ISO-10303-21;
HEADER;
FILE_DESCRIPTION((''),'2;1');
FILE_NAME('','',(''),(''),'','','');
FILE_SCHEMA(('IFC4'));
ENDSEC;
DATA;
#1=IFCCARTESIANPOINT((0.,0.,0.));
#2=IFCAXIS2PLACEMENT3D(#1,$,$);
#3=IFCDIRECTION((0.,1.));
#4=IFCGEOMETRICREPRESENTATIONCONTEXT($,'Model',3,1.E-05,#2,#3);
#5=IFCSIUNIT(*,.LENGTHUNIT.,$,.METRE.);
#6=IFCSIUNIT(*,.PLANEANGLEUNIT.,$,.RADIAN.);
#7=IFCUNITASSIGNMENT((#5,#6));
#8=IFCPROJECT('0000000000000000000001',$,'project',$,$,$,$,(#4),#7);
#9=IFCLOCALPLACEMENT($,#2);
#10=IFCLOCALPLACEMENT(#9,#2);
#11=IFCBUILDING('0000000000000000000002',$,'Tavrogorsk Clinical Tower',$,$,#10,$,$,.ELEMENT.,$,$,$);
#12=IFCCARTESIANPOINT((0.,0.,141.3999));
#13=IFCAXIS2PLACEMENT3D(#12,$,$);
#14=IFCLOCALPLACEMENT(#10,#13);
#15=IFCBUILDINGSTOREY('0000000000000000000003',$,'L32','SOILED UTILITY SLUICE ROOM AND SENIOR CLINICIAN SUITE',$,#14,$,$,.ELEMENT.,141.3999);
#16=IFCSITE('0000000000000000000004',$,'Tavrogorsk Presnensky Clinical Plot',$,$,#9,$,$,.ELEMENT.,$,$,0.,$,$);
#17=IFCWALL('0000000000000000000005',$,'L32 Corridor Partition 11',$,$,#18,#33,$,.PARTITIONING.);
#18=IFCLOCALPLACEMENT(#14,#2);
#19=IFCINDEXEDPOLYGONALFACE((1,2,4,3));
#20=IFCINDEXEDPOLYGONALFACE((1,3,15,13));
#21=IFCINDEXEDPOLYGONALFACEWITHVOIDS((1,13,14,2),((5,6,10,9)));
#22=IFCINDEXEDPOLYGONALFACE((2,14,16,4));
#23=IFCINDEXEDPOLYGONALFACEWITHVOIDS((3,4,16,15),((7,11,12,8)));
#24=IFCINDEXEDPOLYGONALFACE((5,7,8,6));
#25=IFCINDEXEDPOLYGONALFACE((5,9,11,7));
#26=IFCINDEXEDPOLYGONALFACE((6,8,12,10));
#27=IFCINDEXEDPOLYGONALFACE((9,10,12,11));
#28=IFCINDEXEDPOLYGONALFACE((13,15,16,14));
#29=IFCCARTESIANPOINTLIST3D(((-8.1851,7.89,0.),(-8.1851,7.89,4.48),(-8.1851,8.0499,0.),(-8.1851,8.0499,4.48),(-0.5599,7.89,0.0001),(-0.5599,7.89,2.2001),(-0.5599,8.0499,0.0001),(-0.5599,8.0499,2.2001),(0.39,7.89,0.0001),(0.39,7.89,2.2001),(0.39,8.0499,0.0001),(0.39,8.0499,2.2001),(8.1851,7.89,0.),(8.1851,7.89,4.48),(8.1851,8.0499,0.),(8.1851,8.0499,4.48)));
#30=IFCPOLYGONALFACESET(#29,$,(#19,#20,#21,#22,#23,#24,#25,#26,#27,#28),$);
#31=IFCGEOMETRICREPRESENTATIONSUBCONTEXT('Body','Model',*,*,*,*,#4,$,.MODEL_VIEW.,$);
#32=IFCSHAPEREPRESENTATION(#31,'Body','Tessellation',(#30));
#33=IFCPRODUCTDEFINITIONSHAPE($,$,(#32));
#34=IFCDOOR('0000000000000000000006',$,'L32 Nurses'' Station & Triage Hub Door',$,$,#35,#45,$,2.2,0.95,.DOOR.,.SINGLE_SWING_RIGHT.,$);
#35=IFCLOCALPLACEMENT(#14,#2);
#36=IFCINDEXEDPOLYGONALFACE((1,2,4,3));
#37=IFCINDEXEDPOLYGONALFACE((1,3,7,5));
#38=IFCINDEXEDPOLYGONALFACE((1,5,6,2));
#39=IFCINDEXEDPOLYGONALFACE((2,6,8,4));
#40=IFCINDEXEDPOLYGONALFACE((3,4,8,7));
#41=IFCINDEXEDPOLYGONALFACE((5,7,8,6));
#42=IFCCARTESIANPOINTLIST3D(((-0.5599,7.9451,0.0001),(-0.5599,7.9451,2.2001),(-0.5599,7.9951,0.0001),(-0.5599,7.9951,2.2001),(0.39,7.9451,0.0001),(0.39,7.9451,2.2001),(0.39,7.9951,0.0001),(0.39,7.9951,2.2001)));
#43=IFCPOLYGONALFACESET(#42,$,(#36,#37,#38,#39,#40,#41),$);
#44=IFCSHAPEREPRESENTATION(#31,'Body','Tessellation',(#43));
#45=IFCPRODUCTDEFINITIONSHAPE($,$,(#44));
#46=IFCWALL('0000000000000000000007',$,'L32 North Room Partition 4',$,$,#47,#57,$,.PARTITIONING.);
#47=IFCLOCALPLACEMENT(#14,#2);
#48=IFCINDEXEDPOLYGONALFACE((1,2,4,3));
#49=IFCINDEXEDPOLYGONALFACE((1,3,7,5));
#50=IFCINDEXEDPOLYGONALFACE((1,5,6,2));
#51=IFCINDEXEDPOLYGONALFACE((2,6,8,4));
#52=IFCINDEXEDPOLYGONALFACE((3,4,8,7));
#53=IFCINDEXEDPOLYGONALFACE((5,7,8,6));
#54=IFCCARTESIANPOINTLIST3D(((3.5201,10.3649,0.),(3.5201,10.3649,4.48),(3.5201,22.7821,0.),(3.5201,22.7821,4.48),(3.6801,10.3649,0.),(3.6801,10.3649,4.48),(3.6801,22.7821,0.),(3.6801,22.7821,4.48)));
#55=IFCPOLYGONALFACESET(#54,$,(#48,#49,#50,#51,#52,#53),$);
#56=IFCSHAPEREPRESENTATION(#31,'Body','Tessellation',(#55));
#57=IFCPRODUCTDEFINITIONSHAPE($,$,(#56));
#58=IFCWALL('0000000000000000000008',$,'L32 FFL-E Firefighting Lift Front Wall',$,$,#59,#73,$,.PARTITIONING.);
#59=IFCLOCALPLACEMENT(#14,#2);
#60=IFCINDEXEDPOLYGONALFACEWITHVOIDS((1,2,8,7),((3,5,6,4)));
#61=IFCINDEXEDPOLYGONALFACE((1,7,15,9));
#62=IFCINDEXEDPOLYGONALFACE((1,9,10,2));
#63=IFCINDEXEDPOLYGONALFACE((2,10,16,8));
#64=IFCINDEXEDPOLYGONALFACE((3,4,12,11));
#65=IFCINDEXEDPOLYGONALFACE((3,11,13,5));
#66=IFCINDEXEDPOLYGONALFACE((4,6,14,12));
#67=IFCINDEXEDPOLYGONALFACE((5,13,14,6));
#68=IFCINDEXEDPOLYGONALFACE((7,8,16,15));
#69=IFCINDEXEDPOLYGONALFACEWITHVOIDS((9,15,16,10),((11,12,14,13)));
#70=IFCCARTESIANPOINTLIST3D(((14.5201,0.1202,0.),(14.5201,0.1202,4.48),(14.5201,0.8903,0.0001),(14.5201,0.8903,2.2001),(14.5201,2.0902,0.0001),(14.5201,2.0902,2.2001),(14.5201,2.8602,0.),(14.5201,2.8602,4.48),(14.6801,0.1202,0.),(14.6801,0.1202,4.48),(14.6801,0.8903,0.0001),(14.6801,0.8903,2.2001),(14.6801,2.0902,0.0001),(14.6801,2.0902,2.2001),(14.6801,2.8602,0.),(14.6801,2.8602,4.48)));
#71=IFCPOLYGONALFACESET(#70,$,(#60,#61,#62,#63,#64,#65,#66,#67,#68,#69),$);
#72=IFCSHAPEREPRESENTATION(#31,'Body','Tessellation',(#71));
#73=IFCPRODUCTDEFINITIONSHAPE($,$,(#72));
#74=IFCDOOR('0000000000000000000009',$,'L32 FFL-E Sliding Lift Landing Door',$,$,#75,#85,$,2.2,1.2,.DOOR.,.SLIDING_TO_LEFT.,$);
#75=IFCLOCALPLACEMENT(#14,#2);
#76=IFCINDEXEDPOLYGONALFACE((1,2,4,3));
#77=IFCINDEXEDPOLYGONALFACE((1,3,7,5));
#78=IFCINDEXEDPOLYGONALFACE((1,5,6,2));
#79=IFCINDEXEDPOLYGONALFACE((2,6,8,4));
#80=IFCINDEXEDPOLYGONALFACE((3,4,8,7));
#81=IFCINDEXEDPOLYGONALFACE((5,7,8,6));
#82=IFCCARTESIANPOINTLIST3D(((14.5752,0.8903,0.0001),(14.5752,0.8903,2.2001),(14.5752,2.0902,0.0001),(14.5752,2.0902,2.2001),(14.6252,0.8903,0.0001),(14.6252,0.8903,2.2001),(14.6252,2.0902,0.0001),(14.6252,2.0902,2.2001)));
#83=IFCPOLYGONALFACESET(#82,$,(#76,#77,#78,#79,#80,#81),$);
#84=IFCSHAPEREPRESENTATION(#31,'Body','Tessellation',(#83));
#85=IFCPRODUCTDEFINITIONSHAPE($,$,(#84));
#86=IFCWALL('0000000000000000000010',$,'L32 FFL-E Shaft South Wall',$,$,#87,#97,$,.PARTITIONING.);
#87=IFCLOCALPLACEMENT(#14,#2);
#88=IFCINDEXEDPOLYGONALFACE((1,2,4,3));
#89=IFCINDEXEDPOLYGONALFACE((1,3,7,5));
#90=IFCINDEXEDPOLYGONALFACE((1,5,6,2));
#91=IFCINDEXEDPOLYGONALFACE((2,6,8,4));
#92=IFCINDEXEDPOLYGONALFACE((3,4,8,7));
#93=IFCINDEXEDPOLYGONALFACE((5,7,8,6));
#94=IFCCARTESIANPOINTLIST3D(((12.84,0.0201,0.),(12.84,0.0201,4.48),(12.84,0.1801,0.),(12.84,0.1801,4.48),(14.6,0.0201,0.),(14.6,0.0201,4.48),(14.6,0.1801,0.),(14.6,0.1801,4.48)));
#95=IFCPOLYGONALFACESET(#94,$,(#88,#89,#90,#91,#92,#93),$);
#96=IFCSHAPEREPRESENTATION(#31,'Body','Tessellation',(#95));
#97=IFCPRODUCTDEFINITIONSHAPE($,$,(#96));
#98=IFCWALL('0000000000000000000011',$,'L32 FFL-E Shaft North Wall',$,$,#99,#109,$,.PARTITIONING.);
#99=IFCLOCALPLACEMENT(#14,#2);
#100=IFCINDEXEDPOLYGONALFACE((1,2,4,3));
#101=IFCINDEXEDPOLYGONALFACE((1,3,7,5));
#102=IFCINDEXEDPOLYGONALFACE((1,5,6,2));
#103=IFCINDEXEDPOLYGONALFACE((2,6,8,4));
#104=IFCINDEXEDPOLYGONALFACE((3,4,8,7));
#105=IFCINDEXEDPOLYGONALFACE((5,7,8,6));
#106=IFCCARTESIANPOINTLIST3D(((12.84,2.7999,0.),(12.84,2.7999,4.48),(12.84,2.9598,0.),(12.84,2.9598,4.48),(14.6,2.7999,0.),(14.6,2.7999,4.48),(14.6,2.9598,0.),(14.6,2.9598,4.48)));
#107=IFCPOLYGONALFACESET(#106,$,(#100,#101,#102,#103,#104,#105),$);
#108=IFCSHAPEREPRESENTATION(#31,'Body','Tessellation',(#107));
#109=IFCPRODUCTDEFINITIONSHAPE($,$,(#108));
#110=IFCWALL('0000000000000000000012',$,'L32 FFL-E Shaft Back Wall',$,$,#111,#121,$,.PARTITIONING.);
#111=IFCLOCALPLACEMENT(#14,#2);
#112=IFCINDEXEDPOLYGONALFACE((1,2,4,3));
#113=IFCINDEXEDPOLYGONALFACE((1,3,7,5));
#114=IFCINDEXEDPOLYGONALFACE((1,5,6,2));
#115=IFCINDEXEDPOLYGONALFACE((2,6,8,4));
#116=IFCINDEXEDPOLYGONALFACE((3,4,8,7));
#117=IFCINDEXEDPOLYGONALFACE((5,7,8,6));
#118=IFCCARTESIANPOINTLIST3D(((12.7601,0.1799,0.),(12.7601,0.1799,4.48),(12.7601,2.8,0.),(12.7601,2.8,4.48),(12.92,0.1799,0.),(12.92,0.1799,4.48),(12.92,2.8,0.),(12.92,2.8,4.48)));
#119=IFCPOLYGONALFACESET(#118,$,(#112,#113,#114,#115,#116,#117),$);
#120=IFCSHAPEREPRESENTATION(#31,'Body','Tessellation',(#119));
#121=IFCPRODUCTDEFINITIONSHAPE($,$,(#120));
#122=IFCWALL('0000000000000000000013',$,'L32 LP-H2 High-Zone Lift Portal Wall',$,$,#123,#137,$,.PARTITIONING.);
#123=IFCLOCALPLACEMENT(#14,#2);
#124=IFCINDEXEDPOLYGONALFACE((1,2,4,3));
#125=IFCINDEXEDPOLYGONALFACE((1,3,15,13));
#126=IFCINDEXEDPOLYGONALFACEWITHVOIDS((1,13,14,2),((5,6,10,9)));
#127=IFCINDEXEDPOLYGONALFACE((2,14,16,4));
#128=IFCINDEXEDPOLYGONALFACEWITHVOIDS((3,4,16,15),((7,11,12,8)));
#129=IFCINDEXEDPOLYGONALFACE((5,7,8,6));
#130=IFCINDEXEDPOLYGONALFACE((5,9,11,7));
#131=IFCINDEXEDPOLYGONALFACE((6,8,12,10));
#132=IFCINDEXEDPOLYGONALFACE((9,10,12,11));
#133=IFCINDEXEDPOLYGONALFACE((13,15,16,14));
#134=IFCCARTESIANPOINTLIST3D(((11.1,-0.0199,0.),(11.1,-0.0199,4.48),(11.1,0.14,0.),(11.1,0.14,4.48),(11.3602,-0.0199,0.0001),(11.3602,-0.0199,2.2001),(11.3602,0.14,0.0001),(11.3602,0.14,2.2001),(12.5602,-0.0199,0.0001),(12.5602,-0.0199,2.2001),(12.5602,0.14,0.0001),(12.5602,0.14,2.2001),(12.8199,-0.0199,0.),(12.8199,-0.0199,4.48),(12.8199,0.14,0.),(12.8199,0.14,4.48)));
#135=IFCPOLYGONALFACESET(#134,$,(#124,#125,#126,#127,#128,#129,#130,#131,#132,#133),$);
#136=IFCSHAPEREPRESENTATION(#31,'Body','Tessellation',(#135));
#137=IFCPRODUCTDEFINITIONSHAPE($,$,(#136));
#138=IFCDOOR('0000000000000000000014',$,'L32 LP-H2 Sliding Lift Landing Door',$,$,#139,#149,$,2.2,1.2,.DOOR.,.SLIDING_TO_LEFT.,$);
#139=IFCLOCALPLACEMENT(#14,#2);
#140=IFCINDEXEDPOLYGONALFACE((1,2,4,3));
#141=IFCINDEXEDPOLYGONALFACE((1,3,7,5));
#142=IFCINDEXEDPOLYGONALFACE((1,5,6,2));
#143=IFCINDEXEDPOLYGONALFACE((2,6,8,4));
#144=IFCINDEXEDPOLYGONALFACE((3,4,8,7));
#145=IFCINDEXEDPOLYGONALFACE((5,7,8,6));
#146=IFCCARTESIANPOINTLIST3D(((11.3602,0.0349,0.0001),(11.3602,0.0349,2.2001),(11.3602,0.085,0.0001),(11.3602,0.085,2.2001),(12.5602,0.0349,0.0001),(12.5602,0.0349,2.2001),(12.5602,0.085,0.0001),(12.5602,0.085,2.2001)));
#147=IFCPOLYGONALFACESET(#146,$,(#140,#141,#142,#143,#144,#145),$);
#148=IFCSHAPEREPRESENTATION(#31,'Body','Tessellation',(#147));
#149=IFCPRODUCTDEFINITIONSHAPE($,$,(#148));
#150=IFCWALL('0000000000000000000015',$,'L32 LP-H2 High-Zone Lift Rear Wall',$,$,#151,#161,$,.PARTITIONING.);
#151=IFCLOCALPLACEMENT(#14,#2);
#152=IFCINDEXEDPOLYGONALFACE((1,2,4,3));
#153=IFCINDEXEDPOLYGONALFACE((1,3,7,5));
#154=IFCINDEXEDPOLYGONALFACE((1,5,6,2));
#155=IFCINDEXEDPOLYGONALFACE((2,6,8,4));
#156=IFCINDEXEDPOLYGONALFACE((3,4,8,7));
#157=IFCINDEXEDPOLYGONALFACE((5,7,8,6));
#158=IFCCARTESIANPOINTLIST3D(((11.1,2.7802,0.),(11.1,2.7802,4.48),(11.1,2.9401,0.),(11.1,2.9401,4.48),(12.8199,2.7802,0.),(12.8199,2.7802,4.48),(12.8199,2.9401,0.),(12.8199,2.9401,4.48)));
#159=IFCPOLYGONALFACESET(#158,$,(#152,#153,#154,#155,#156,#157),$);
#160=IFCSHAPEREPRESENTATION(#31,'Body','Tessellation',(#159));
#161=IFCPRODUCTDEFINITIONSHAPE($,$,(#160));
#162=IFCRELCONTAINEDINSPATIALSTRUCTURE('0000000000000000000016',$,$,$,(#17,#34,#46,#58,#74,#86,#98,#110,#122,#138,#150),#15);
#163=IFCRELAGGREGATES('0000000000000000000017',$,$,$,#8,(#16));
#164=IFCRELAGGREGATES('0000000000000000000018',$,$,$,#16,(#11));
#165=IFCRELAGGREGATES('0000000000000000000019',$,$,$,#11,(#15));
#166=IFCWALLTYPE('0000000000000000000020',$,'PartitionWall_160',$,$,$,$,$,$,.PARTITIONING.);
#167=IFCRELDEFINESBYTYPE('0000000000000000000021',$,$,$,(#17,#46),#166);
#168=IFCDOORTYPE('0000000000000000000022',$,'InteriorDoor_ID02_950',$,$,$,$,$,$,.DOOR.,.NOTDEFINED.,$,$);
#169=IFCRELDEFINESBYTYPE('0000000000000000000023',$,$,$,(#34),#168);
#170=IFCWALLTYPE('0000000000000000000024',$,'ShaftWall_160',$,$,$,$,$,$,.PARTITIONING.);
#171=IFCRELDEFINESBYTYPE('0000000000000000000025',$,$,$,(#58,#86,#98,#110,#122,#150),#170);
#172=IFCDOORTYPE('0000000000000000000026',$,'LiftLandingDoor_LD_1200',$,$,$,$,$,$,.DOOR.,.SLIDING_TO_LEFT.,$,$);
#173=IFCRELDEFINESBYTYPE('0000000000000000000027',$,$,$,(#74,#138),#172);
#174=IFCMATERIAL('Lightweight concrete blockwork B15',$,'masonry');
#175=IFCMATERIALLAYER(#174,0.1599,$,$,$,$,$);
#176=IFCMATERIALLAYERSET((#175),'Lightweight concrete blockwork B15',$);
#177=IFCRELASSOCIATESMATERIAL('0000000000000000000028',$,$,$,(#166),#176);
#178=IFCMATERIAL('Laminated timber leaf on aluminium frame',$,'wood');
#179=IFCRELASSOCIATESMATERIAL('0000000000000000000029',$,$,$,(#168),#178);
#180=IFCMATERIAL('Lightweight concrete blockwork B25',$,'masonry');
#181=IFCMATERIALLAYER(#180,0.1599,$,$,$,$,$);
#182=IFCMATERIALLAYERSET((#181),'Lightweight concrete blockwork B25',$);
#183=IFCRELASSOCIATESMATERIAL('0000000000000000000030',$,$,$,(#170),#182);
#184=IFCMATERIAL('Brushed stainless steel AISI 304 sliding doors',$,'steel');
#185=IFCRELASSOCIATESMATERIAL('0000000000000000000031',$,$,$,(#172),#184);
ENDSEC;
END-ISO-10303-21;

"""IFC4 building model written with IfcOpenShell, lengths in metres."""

from ifc_helpers import new_model, si_unit, direction, frame, frame_2d, origin, place, context, subcontext, project, spatial, rectangle, extrude, material, layer, layer_set, type_object, element, fill, save


model = new_model("IFC4")

# Units and contexts
model_context = context("Model", 3, precision=1e-05, world=origin(), true_north=direction((0.0, 1.0)))
body_context = subcontext(model_context, "Body", "Model", "MODEL_VIEW")
ifc_project = project(units=[si_unit("LENGTHUNIT", "METRE"), si_unit("PLANEANGLEUNIT", "RADIAN")], contexts=[model_context])

# Site, building, storey
site_placement = place(None, origin())
site = spatial("IfcSite", under=ifc_project, at=site_placement, Name="Tavrogorsk Presnensky Clinical Plot", CompositionType="ELEMENT", RefElevation=0.0)
building_placement = place(site_placement, origin())
building = spatial("IfcBuilding", under=site, at=building_placement, Name="Tavrogorsk Clinical Tower", CompositionType="ELEMENT")
storey_placement = place(building_placement, frame((0.0, 0.0, 141.3999)))
storey = spatial("IfcBuildingStorey", under=building, at=storey_placement, Name="L32", Description="SOILED UTILITY SLUICE ROOM AND SENIOR CLINICIAN SUITE", CompositionType="ELEMENT", Elevation=141.3999)

# Shared definitions
ifc_material_1 = material(Name="Lightweight concrete blockwork B15", Category="masonry")
ifc_layer_1 = layer(ifc_material_1, 0.1599)
ifc_layer_set_1 = layer_set([ifc_layer_1], Name="Lightweight concrete blockwork B15")
wall_type_1 = type_object("IfcWallType", Name="PartitionWall_160", PredefinedType="PARTITIONING", material=ifc_layer_set_1)
ifc_material_2 = material(Name="Laminated timber leaf on aluminium frame", Category="wood")
door_type_1 = type_object("IfcDoorType", Name="InteriorDoor_ID02_950", OperationType="NOTDEFINED", PredefinedType="DOOR", material=ifc_material_2)

# Wall, opening, door
wall_1_placement = place(storey_placement, frame((8.1851, 7.97, 0.0), z_axis=(0.0, 0.0, 1.0), x_axis=(-1.0, 0.0, 0.0)))
wall_1 = element("IfcWall", 1, at=wall_1_placement, inside=storey, type_object=wall_type_1, Name="L32 Corridor Partition 11", PredefinedType="PARTITIONING", context=body_context, shape_type="SweptSolid", body=[
    extrude(rectangle(XDim=16.3701, YDim=0.1599, at=frame_2d((8.1851, 0.0))), origin(), (0.0, 0.0, 1.0), 4.48),
])
opening_1_placement = place(wall_1_placement, frame((7.7949, 0.0, 0.0)))
opening_1 = element("IfcOpeningElement", 2, at=opening_1_placement, cuts=wall_1, PredefinedType="OPENING", context=body_context, shape_type="SweptSolid", body=[
    extrude(rectangle(XDim=0.95, YDim=2.2, at=frame_2d((0.4751, 1.1001))), frame((0.0, 0.0898, 0.0), z_axis=(0.0, -1.0, 0.0), x_axis=(1.0, 0.0, 0.0)), (0.0, 0.0, 1.0), 0.1799),
])
door_1_placement = place(opening_1_placement, origin())
door_1 = element("IfcDoor", 3, at=door_1_placement, inside=storey, type_object=door_type_1, Name="L32 Nurses' Station & Triage Hub Door", OperationType="SINGLE_SWING_RIGHT", OverallHeight=2.2, OverallWidth=0.95, PredefinedType="DOOR", context=body_context, shape_type="SweptSolid", body=[
    extrude(rectangle(XDim=0.95, YDim=2.2, at=frame_2d((0.4751, 1.1001))), frame((0.0, 0.0249, 0.0), z_axis=(0.0, -1.0, 0.0), x_axis=(1.0, 0.0, 0.0)), (0.0, 0.0, 1.0), 0.05),
])
fill(opening_1, door_1)

# Wall
wall_2_placement = place(storey_placement, frame((3.6001, 10.365, 0.0), z_axis=(0.0, 0.0, 1.0), x_axis=(0.0, 1.0, 0.0)))
element("IfcWall", 4, at=wall_2_placement, inside=storey, type_object=wall_type_1, Name="L32 North Room Partition 4", PredefinedType="PARTITIONING", context=body_context, shape_type="SweptSolid", body=[
    extrude(rectangle(XDim=12.4172, YDim=0.1599, at=frame_2d((6.2085, 0.0))), origin(), (0.0, 0.0, 1.0), 4.48),
])

# Wall, opening, door
ifc_material_3 = material(Name="Lightweight concrete blockwork B25", Category="masonry")
ifc_layer_2 = layer(ifc_material_3, 0.1599)
ifc_layer_set_2 = layer_set([ifc_layer_2], Name="Lightweight concrete blockwork B25")
wall_type_2 = type_object("IfcWallType", Name="ShaftWall_160", PredefinedType="PARTITIONING", material=ifc_layer_set_2)
wall_3_placement = place(storey_placement, frame((14.6001, 0.1201, 0.0), z_axis=(0.0, 0.0, 1.0), x_axis=(0.0, 1.0, 0.0)))
wall_3 = element("IfcWall", 5, at=wall_3_placement, inside=storey, type_object=wall_type_2, Name="L32 FFL-E Firefighting Lift Front Wall", PredefinedType="PARTITIONING", context=body_context, shape_type="SweptSolid", body=[
    extrude(rectangle(XDim=2.74, YDim=0.1599, at=frame_2d((1.3701, 0.0))), origin(), (0.0, 0.0, 1.0), 4.48),
])
opening_2_placement = place(wall_3_placement, frame((0.77, 0.0, 0.0)))
opening_2 = element("IfcOpeningElement", 6, at=opening_2_placement, cuts=wall_3, PredefinedType="OPENING", context=body_context, shape_type="SweptSolid", body=[
    extrude(rectangle(XDim=1.2, YDim=2.2, at=frame_2d((0.6001, 1.1001))), frame((0.0, 0.0898, 0.0), z_axis=(0.0, -1.0, 0.0), x_axis=(1.0, 0.0, 0.0)), (0.0, 0.0, 1.0), 0.1799),
])
ifc_material_4 = material(Name="Brushed stainless steel AISI 304 sliding doors", Category="steel")
door_type_2 = type_object("IfcDoorType", Name="LiftLandingDoor_LD_1200", OperationType="SLIDING_TO_LEFT", PredefinedType="DOOR", material=ifc_material_4)
door_2_placement = place(opening_2_placement, origin())
door_2 = element("IfcDoor", 7, at=door_2_placement, inside=storey, type_object=door_type_2, Name="L32 FFL-E Sliding Lift Landing Door", OperationType="SLIDING_TO_LEFT", OverallHeight=2.2, OverallWidth=1.2, PredefinedType="DOOR", context=body_context, shape_type="SweptSolid", body=[
    extrude(rectangle(XDim=1.2, YDim=2.2, at=frame_2d((0.6001, 1.1001))), frame((0.0, 0.0249, 0.0), z_axis=(0.0, -1.0, 0.0), x_axis=(1.0, 0.0, 0.0)), (0.0, 0.0, 1.0), 0.05),
])
fill(opening_2, door_2)

# Walls
for number, where, z_axis, x_axis, name in (
    (8, (12.8401, 0.1001, 0.0), (0.0, 0.0, 1.0), (1.0, 0.0, 0.0), "L32 FFL-E Shaft South Wall"),
    (9, (12.8401, 2.8799, 0.0), (0.0, 0.0, 1.0), (1.0, 0.0, 0.0), "L32 FFL-E Shaft North Wall"),
):
    element("IfcWall", number, at=place(storey_placement, frame(where, z_axis=z_axis, x_axis=x_axis)), inside=storey, type_object=wall_type_2, Name=name, PredefinedType="PARTITIONING", context=body_context, shape_type="SweptSolid", body=[
        extrude(rectangle(XDim=1.76, YDim=0.1599, at=frame_2d((0.8799, 0.0))), origin(), (0.0, 0.0, 1.0), 4.48),
    ])
wall_4_placement = place(storey_placement, frame((12.8401, 0.1799, 0.0), z_axis=(0.0, 0.0, 1.0), x_axis=(0.0, 1.0, 0.0)))
element("IfcWall", 10, at=wall_4_placement, inside=storey, type_object=wall_type_2, Name="L32 FFL-E Shaft Back Wall", PredefinedType="PARTITIONING", context=body_context, shape_type="SweptSolid", body=[
    extrude(rectangle(XDim=2.6201, YDim=0.1599, at=frame_2d((1.3101, 0.0))), origin(), (0.0, 0.0, 1.0), 4.48),
])

# Wall, opening, door
wall_5_placement = place(storey_placement, frame((11.1001, 0.0601, 0.0), z_axis=(0.0, 0.0, 1.0), x_axis=(1.0, 0.0, 0.0)))
wall_5 = element("IfcWall", 11, at=wall_5_placement, inside=storey, type_object=wall_type_2, Name="L32 LP-H2 High-Zone Lift Portal Wall", PredefinedType="PARTITIONING", context=body_context, shape_type="SweptSolid", body=[
    extrude(rectangle(XDim=1.72, YDim=0.1599, at=frame_2d((0.8599, 0.0))), origin(), (0.0, 0.0, 1.0), 4.48),
])
opening_3_placement = place(wall_5_placement, frame((0.26, 0.0, 0.0)))
opening_3 = element("IfcOpeningElement", 12, at=opening_3_placement, cuts=wall_5, PredefinedType="OPENING", context=body_context, shape_type="SweptSolid", body=[
    extrude(rectangle(XDim=1.2, YDim=2.2, at=frame_2d((0.6001, 1.1001))), frame((0.0, 0.0898, 0.0), z_axis=(0.0, -1.0, 0.0), x_axis=(1.0, 0.0, 0.0)), (0.0, 0.0, 1.0), 0.1799),
])
door_3_placement = place(opening_3_placement, origin())
door_3 = element("IfcDoor", 13, at=door_3_placement, inside=storey, type_object=door_type_2, Name="L32 LP-H2 Sliding Lift Landing Door", OperationType="SLIDING_TO_LEFT", OverallHeight=2.2, OverallWidth=1.2, PredefinedType="DOOR", context=body_context, shape_type="SweptSolid", body=[
    extrude(rectangle(XDim=1.2, YDim=2.2, at=frame_2d((0.6001, 1.1001))), frame((0.0, 0.0249, 0.0), z_axis=(0.0, -1.0, 0.0), x_axis=(1.0, 0.0, 0.0)), (0.0, 0.0, 1.0), 0.05),
])
fill(opening_3, door_3)

# Wall
wall_6_placement = place(storey_placement, frame((11.1001, 2.8601, 0.0), z_axis=(0.0, 0.0, 1.0), x_axis=(1.0, 0.0, 0.0)))
element("IfcWall", 14, at=wall_6_placement, inside=storey, type_object=wall_type_2, Name="L32 LP-H2 High-Zone Lift Rear Wall", PredefinedType="PARTITIONING", context=body_context, shape_type="SweptSolid", body=[
    extrude(rectangle(XDim=1.72, YDim=0.1599, at=frame_2d((0.8599, 0.0))), origin(), (0.0, 0.0, 1.0), 4.48),
])

save(model, "model.ifc")
